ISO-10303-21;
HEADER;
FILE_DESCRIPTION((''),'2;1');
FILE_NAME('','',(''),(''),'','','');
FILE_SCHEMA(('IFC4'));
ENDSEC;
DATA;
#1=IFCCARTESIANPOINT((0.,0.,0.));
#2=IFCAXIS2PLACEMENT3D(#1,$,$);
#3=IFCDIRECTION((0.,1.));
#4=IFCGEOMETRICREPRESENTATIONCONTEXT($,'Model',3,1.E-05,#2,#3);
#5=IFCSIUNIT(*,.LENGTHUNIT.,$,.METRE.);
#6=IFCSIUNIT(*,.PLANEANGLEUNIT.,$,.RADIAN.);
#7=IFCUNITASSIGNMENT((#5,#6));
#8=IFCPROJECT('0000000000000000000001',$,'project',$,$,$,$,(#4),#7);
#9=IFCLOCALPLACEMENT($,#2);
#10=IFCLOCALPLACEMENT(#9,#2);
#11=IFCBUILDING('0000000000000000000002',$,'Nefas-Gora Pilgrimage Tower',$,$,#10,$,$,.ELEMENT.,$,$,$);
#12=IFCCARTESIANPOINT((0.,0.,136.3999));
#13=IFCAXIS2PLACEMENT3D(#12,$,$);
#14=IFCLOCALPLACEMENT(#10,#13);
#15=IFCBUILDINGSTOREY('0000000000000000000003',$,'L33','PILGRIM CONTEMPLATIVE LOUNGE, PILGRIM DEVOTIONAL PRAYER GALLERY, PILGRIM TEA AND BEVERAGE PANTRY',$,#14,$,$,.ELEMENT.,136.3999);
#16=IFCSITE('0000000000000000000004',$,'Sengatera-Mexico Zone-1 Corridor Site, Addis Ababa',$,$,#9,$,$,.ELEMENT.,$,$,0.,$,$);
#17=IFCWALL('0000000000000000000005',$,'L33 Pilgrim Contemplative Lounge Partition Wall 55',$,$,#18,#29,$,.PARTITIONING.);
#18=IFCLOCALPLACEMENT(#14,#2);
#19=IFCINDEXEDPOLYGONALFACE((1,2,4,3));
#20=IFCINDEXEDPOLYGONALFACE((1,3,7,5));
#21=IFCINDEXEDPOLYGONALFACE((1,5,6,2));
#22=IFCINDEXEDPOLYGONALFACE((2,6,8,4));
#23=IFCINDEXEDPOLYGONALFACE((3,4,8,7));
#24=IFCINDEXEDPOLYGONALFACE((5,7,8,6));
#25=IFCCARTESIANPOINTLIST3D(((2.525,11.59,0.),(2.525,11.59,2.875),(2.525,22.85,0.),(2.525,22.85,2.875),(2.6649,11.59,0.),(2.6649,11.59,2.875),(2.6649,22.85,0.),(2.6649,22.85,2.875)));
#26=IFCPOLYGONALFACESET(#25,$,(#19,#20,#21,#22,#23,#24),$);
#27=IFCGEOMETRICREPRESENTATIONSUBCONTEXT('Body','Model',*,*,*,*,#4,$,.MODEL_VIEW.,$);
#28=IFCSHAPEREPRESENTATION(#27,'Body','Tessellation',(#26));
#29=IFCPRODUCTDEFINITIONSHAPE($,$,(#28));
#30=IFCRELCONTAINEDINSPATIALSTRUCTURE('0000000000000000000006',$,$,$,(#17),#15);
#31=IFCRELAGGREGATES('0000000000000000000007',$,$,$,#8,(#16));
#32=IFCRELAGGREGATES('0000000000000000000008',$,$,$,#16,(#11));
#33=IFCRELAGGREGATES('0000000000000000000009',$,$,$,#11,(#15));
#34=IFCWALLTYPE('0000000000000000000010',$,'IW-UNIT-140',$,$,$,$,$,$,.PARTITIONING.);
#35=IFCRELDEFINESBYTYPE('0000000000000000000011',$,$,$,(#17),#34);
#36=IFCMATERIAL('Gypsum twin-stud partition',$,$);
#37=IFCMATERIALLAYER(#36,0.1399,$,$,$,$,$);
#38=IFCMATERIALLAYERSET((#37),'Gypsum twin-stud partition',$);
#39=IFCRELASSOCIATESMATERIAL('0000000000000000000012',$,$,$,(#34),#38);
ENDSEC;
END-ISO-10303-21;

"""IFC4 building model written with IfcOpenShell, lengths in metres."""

from ifc_helpers import new_model, si_unit, direction, frame, frame_2d, origin, place, context, subcontext, project, spatial, rectangle, extrude, source, transform, mapped, material, layer, layer_set, type_object, element, save


model = new_model("IFC4")

# Units and contexts
model_context = context("Model", 3, precision=1e-05, world=origin(), true_north=direction((0.0, 1.0)))
body_context = subcontext(model_context, "Body", "Model", "MODEL_VIEW")
ifc_project = project(units=[si_unit("LENGTHUNIT", "METRE"), si_unit("PLANEANGLEUNIT", "RADIAN")], contexts=[model_context])

# Site, building, storey
site_placement = place(None, origin())
site = spatial("IfcSite", under=ifc_project, at=site_placement, Name="Sengatera-Mexico Zone-1 Corridor Site, Addis Ababa", CompositionType="ELEMENT", RefElevation=0.0)
building_placement = place(site_placement, origin())
building = spatial("IfcBuilding", under=site, at=building_placement, Name="Nefas-Gora Pilgrimage Tower", CompositionType="ELEMENT")
storey_placement = place(building_placement, frame((0.0, 0.0, 136.3999)))
storey = spatial("IfcBuildingStorey", under=building, at=storey_placement, Name="L33", Description="PILGRIM CONTEMPLATIVE LOUNGE, PILGRIM DEVOTIONAL PRAYER GALLERY, PILGRIM TEA AND BEVERAGE PANTRY", CompositionType="ELEMENT", Elevation=136.3999)

# Shared definitions
ifc_material_1 = material(Name="Gypsum twin-stud partition")
ifc_layer_1 = layer(ifc_material_1, 0.1399)
ifc_layer_set_1 = layer_set([ifc_layer_1], Name="Gypsum twin-stud partition")
wall_type_1 = type_object("IfcWallType", Name="IW-UNIT-140", PredefinedType="PARTITIONING", material=ifc_layer_set_1)

# Wall
shared_shape_1 = source(origin(), body_context, "Body", "SweptSolid", [
    extrude(rectangle(XDim=11.26, YDim=0.1399, at=frame_2d((5.6299, 0.0))), origin(), (0.0, 0.0, 1.0), 2.875),
])
wall_1_placement = place(storey_placement, frame((2.595, 11.5901, 0.0), z_axis=(0.0, 0.0, 1.0), x_axis=(0.0, 1.0, 0.0)))
element("IfcWall", 1, at=wall_1_placement, inside=storey, type_object=wall_type_1, Name="L33 Pilgrim Contemplative Lounge Partition Wall 55", PredefinedType="PARTITIONING", context=body_context, shape_type="MappedRepresentation", body=[
    mapped(shared_shape_1, transform((0.0, 0.0, 0.0), x_axis=(1.0, 0.0, 0.0), y_axis=(0.0, 1.0, 0.0), z_axis=(0.0, 0.0, 1.0), scale=1.0)),
])

save(model, "model.ifc")
